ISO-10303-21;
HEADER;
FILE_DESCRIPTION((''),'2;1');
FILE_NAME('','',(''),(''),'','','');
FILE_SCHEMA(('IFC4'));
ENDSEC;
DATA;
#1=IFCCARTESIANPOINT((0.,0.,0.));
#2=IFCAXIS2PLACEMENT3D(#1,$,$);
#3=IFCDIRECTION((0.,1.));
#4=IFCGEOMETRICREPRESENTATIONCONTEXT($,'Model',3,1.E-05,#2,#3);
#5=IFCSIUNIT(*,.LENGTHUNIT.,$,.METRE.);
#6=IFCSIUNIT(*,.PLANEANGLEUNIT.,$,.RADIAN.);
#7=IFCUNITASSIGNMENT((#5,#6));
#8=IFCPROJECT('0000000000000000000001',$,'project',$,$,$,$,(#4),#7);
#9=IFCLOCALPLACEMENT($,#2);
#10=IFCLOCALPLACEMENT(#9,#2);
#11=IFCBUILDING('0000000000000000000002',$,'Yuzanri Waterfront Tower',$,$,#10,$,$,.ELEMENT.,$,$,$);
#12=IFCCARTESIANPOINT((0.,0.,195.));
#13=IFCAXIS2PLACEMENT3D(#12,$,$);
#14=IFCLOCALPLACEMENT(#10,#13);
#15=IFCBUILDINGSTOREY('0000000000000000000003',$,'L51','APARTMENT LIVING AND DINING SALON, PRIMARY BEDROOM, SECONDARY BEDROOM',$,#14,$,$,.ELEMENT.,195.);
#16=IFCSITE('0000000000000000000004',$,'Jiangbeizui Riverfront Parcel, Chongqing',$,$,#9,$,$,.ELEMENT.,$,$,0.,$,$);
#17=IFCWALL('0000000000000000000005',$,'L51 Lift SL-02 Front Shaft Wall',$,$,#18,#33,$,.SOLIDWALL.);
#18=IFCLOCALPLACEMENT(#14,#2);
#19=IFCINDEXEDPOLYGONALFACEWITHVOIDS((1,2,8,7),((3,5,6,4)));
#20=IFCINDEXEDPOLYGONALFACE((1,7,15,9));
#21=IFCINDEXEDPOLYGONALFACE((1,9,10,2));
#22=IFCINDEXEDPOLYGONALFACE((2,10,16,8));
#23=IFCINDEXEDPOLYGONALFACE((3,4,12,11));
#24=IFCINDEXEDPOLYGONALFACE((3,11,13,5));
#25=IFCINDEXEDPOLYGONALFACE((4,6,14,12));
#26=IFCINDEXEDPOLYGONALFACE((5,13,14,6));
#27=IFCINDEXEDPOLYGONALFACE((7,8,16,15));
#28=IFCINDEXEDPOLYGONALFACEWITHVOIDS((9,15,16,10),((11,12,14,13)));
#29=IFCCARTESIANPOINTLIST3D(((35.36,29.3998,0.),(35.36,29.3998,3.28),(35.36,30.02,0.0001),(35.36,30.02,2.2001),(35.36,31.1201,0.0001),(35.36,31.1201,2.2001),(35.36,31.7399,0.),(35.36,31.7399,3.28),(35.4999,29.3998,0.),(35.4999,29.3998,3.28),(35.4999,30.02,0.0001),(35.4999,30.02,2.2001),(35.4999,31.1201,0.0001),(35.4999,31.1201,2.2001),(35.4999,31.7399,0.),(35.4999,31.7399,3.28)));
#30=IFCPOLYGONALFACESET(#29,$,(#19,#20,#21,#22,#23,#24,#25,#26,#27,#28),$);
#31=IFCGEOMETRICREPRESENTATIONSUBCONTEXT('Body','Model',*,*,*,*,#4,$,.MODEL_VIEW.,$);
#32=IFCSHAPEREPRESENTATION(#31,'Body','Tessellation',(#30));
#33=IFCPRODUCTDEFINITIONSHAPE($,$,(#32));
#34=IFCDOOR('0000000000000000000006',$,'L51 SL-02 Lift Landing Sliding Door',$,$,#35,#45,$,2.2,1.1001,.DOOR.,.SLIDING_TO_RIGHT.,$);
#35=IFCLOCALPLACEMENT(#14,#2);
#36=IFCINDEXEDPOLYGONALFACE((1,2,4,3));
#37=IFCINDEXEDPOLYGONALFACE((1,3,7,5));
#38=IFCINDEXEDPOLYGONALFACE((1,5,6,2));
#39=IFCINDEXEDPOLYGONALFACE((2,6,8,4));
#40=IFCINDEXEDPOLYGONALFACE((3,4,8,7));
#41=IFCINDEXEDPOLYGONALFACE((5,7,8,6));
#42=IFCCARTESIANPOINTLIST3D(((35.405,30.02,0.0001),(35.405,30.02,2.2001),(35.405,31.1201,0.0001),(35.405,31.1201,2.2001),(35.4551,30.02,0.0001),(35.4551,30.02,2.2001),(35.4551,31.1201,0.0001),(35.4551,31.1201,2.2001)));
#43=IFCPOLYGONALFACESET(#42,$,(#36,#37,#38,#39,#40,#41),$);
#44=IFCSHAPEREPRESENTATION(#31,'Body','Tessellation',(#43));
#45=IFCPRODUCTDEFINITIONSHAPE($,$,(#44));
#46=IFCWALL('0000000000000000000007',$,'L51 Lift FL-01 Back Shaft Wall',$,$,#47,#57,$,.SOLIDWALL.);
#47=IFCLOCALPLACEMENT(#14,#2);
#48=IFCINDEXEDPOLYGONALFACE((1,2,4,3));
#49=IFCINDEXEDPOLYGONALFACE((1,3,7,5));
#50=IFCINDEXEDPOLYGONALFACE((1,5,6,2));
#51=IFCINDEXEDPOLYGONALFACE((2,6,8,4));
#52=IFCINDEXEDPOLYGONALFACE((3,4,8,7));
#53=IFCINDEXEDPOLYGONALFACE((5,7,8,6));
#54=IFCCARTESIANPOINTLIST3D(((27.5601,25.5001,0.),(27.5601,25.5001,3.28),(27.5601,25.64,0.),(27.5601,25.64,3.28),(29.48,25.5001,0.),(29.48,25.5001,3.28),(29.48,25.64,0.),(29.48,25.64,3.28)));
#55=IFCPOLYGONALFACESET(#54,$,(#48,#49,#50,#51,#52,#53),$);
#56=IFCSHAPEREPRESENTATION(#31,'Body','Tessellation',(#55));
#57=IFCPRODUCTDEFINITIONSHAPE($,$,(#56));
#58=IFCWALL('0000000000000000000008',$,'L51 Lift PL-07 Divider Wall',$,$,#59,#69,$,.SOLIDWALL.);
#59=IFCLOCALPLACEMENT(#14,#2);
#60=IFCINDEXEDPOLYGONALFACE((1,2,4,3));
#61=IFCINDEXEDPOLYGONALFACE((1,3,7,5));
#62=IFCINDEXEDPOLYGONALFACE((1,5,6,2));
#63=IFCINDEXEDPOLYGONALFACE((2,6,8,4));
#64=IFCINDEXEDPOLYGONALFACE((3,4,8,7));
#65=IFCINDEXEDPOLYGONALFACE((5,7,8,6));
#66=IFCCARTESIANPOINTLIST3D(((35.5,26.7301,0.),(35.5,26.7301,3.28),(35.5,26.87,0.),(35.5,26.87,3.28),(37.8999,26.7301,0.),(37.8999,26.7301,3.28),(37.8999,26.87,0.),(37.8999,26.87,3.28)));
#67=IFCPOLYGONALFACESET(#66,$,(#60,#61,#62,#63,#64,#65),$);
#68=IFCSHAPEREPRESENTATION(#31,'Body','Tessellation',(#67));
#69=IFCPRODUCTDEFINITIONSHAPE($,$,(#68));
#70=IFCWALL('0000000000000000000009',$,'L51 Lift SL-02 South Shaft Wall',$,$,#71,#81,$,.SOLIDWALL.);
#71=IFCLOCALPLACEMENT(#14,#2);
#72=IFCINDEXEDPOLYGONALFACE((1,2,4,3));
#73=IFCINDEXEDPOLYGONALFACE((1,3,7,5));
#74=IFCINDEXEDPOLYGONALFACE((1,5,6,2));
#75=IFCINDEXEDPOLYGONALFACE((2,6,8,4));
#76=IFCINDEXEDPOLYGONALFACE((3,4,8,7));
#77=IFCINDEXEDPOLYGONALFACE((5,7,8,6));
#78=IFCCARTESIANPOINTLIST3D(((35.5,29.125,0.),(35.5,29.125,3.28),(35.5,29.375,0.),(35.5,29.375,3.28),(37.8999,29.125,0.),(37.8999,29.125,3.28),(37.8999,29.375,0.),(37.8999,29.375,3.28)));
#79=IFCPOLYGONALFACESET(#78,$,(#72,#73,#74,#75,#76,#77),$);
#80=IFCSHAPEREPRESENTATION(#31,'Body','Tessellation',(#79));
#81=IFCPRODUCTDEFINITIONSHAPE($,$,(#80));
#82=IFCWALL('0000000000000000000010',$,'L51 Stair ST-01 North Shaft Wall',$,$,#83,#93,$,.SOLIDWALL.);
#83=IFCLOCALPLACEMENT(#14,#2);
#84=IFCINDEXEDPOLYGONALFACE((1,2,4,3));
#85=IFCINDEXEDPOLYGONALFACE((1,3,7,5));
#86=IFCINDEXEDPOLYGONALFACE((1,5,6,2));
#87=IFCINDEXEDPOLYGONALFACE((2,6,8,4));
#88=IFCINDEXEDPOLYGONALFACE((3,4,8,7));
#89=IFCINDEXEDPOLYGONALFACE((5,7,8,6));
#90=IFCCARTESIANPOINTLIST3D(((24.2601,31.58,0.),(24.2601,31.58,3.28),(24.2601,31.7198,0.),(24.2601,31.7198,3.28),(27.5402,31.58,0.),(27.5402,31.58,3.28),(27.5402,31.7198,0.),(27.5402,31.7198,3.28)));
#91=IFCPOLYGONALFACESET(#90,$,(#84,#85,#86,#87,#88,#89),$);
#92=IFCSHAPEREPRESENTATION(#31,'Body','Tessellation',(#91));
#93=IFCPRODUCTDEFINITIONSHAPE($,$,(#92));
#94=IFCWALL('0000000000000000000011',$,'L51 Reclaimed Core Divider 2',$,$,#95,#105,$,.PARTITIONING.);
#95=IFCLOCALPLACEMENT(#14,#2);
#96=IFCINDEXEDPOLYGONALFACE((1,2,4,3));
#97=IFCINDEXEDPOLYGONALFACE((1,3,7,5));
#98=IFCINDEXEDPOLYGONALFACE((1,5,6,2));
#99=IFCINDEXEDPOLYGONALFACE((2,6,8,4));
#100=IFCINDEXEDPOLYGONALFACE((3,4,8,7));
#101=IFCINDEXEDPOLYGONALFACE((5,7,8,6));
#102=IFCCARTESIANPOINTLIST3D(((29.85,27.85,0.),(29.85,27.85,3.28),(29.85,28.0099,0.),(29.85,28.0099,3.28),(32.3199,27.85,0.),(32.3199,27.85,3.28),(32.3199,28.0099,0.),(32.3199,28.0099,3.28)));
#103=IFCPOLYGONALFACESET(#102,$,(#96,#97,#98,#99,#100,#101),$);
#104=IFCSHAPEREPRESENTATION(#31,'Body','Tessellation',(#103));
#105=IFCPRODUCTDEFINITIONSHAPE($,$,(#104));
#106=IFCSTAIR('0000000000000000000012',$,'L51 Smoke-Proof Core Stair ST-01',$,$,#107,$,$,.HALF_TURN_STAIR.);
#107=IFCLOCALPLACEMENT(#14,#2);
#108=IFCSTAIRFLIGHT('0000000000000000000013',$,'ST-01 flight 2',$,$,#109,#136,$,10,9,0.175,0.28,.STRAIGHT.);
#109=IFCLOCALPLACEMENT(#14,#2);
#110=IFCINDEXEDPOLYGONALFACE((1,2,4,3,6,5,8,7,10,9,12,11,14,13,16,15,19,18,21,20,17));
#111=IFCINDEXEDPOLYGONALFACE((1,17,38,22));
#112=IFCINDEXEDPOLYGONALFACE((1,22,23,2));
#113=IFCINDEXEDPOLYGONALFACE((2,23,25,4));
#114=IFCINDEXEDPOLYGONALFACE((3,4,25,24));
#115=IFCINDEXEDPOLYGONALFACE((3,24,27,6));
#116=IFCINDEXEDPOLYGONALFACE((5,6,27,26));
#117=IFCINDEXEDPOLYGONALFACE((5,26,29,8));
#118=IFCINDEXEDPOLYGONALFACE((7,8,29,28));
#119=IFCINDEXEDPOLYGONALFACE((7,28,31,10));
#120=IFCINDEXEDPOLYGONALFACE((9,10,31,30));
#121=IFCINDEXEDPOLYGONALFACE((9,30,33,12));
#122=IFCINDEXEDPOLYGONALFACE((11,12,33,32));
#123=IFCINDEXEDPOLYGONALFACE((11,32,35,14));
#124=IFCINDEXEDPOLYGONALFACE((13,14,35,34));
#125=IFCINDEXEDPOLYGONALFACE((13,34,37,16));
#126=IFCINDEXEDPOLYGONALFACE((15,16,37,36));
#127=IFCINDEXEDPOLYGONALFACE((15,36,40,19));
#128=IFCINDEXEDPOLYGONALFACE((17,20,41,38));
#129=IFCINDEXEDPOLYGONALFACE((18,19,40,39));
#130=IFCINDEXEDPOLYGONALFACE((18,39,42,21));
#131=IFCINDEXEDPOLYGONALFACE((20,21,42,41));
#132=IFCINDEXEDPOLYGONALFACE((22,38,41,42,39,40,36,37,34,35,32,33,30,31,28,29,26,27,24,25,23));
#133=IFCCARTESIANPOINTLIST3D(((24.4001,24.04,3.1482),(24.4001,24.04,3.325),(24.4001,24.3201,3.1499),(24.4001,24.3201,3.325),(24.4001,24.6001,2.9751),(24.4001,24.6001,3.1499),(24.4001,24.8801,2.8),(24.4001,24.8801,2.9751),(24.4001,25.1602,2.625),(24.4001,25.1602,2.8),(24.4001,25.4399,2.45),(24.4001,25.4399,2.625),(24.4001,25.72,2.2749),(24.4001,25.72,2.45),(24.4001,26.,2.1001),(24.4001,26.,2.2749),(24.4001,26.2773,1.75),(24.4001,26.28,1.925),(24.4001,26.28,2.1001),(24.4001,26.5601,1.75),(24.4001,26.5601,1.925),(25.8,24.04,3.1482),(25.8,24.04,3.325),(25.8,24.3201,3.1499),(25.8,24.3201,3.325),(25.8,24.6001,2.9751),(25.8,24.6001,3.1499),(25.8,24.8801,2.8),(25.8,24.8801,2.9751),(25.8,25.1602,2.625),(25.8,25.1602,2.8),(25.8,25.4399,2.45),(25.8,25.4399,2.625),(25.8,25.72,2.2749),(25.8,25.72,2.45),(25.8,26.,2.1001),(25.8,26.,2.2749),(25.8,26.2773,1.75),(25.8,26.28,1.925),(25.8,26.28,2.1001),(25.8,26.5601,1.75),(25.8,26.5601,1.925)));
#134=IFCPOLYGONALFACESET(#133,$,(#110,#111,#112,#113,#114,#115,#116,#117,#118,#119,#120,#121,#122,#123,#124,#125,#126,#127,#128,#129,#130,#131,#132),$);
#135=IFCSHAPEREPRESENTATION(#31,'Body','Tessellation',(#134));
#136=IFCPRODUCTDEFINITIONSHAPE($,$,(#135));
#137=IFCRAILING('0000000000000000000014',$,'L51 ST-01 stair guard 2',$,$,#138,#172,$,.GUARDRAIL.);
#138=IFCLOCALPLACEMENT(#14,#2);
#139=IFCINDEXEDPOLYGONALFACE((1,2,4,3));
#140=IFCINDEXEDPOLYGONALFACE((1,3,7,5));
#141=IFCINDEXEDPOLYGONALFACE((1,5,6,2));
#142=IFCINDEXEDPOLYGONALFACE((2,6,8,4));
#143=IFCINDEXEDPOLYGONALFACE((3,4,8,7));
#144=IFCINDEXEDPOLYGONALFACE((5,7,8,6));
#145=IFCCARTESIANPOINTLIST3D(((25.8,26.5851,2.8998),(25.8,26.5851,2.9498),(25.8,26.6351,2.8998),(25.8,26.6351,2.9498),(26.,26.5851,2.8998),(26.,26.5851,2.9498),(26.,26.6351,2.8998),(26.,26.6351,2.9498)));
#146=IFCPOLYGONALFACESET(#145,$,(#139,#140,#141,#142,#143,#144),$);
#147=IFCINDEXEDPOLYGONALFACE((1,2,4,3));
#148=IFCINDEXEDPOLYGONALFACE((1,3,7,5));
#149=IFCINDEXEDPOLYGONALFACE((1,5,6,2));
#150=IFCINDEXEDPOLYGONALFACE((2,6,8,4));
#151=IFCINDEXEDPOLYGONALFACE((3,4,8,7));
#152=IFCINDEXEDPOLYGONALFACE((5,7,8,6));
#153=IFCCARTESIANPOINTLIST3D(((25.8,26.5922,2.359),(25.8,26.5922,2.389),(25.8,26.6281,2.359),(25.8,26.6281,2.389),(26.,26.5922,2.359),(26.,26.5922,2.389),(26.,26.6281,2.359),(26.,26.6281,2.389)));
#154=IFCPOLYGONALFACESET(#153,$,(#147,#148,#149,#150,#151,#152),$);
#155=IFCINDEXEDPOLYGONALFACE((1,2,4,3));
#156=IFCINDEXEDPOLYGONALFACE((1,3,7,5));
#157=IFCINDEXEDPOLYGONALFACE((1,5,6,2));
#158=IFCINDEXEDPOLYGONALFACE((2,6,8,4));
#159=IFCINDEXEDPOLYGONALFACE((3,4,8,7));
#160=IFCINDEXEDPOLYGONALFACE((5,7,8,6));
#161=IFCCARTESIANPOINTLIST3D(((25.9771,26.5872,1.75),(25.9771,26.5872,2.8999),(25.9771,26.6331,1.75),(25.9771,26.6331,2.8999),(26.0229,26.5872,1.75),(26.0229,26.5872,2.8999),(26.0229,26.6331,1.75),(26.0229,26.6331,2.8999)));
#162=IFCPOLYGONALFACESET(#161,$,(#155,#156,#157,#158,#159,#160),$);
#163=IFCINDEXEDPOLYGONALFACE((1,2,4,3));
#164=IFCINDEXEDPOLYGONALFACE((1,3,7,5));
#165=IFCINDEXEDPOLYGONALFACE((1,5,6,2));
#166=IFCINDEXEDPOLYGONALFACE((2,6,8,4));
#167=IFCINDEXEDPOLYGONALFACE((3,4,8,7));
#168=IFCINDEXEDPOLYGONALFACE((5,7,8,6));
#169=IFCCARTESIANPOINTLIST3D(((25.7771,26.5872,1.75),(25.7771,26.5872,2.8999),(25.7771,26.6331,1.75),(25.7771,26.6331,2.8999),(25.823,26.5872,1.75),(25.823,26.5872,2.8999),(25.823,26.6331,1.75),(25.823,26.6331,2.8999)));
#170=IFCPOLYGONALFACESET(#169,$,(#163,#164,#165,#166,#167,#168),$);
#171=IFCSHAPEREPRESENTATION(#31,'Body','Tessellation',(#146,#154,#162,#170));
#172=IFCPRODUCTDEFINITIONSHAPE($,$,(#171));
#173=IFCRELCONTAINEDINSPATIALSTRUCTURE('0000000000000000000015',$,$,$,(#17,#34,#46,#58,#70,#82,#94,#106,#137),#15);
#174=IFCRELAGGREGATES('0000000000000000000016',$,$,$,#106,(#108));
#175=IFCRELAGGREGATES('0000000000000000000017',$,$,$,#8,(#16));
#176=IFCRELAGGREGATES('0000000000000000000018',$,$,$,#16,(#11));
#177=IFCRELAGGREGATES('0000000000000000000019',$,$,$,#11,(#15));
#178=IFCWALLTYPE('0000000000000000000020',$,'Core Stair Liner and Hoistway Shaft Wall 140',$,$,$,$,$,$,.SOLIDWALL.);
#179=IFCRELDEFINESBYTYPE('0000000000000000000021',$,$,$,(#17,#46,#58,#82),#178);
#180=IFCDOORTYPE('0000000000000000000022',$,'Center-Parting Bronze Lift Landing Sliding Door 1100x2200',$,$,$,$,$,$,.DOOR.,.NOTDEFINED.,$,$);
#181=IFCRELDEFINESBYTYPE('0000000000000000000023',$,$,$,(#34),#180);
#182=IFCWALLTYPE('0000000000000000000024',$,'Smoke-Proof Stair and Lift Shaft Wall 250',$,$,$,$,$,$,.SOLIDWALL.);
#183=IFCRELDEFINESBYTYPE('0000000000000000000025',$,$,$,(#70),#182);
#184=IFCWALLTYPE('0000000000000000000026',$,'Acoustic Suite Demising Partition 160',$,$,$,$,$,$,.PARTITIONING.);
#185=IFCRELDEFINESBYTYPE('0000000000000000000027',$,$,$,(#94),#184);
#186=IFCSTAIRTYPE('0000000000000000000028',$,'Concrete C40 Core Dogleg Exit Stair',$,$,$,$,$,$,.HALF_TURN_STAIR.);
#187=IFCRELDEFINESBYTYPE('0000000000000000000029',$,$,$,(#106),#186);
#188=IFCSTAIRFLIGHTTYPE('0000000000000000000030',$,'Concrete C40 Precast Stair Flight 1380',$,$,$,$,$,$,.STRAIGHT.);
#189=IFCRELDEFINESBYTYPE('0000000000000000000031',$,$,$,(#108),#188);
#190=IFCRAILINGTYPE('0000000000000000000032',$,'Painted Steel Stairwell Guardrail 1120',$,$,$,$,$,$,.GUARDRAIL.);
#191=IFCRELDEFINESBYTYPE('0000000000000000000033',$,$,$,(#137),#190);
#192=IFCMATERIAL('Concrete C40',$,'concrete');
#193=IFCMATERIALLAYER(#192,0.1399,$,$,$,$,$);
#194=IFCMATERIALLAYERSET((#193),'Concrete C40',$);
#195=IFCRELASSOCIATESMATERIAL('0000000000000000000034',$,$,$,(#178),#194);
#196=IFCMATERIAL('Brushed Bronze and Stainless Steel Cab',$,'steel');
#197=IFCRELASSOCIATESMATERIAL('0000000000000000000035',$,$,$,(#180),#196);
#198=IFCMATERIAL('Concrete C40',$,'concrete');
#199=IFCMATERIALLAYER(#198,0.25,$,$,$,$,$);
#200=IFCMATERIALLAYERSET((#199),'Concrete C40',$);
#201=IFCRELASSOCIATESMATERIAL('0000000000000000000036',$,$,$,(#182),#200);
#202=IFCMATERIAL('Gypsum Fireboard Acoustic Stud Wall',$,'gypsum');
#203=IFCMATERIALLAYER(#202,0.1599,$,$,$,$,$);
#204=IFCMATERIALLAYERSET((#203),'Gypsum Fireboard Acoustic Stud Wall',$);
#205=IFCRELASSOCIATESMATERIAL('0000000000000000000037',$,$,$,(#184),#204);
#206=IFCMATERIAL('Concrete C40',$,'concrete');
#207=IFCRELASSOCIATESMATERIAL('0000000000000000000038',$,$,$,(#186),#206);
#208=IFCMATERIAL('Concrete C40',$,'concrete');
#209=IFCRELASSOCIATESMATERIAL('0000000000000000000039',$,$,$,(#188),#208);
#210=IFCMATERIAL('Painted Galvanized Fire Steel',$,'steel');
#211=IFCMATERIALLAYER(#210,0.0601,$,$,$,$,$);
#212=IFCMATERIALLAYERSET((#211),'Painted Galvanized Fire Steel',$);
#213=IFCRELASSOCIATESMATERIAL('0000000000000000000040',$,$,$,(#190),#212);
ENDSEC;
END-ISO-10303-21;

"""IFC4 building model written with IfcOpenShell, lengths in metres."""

from ifc_helpers import new_model, si_unit, direction, frame, frame_2d, origin, origin_2d, place, context, subcontext, project, spatial, polyline, rectangle, outline, extrude, source, transform, mapped, material, layer, layer_set, type_object, element, fill, aggregate, save


model = new_model("IFC4")

# Units and contexts
model_context = context("Model", 3, precision=1e-05, world=origin(), true_north=direction((0.0, 1.0)))
body_context = subcontext(model_context, "Body", "Model", "MODEL_VIEW")
ifc_project = project(units=[si_unit("LENGTHUNIT", "METRE"), si_unit("PLANEANGLEUNIT", "RADIAN")], contexts=[model_context])

# Site, building, storey
site_placement = place(None, origin())
site = spatial("IfcSite", under=ifc_project, at=site_placement, Name="Jiangbeizui Riverfront Parcel, Chongqing", CompositionType="ELEMENT", RefElevation=0.0)
building_placement = place(site_placement, origin())
building = spatial("IfcBuilding", under=site, at=building_placement, Name="Yuzanri Waterfront Tower", CompositionType="ELEMENT")
storey_placement = place(building_placement, frame((0.0, 0.0, 195.0)))
storey = spatial("IfcBuildingStorey", under=building, at=storey_placement, Name="L51", Description="APARTMENT LIVING AND DINING SALON, PRIMARY BEDROOM, SECONDARY BEDROOM", CompositionType="ELEMENT", Elevation=195.0)

# Wall, opening, door
ifc_material_1 = material(Name="Concrete C40", Category="concrete")
ifc_layer_1 = layer(ifc_material_1, 0.1399)
ifc_layer_set_1 = layer_set([ifc_layer_1], Name="Concrete C40")
wall_type_1 = type_object("IfcWallType", Name="Core Stair Liner and Hoistway Shaft Wall 140", PredefinedType="SOLIDWALL", material=ifc_layer_set_1)
ifc_material_2 = material(Name="Brushed Bronze and Stainless Steel Cab", Category="steel")
door_type_1 = type_object("IfcDoorType", Name="Center-Parting Bronze Lift Landing Sliding Door 1100x2200", OperationType="NOTDEFINED", PredefinedType="DOOR", material=ifc_material_2)
shared_shape_1 = source(origin(), body_context, "Body", "SweptSolid", [
    extrude(rectangle(XDim=1.1001, YDim=2.2, at=frame_2d((0.55, 1.1001))), frame((0.0, 0.0249, 0.0), z_axis=(0.0, -1.0, 0.0), x_axis=(1.0, 0.0, 0.0)), (0.0, 0.0, 1.0), 0.05),
])
wall_1_placement = place(storey_placement, frame((35.4299, 29.3999, 0.0), z_axis=(0.0, 0.0, 1.0), x_axis=(0.0, 1.0, 0.0)))
wall_1 = element("IfcWall", 1, at=wall_1_placement, inside=storey, type_object=wall_type_1, Name="L51 Lift SL-02 Front Shaft Wall", PredefinedType="SOLIDWALL", context=body_context, shape_type="SweptSolid", body=[
    extrude(rectangle(XDim=2.3401, YDim=0.1399, at=frame_2d((1.1699, 0.0))), origin(), (0.0, 0.0, 1.0), 3.28),
])
opening_1_placement = place(wall_1_placement, frame((0.6201, 0.0, 0.0)))
opening_1 = element("IfcOpeningElement", 2, at=opening_1_placement, cuts=wall_1, PredefinedType="OPENING", context=body_context, shape_type="SweptSolid", body=[
    extrude(rectangle(XDim=1.1001, YDim=2.2, at=frame_2d((0.55, 1.1001))), frame((0.0, 0.085, 0.0), z_axis=(0.0, -1.0, 0.0), x_axis=(1.0, 0.0, 0.0)), (0.0, 0.0, 1.0), 0.1697),
])
door_1_placement = place(opening_1_placement, origin())
door_1 = element("IfcDoor", 3, at=door_1_placement, inside=storey, type_object=door_type_1, Name="L51 SL-02 Lift Landing Sliding Door", OperationType="SLIDING_TO_RIGHT", OverallHeight=2.2, OverallWidth=1.1001, PredefinedType="DOOR", context=body_context, shape_type="MappedRepresentation", body=[
    mapped(shared_shape_1, transform((0.0, 0.0, 0.0), scale=1.0)),
])
fill(opening_1, door_1)

# Walls
shared_shape_2 = source(origin(), body_context, "Body", "SweptSolid", [
    extrude(rectangle(XDim=1.9199, YDim=0.1399, at=frame_2d((0.96, 0.0))), origin(), (0.0, 0.0, 1.0), 3.28),
])
wall_2_placement = place(storey_placement, frame((27.5601, 25.5701, 0.0), z_axis=(0.0, 0.0, 1.0), x_axis=(1.0, 0.0, 0.0)))
element("IfcWall", 4, at=wall_2_placement, inside=storey, type_object=wall_type_1, Name="L51 Lift FL-01 Back Shaft Wall", PredefinedType="SOLIDWALL", context=body_context, shape_type="MappedRepresentation", body=[
    mapped(shared_shape_2, transform((0.0, 0.0, 0.0), scale=1.0)),
])
shared_shape_3 = source(origin(), body_context, "Body", "SweptSolid", [
    extrude(rectangle(XDim=2.3999, YDim=0.1399, at=frame_2d((1.2, 0.0))), origin(), (0.0, 0.0, 1.0), 3.28),
])
wall_3_placement = place(storey_placement, frame((35.5, 26.8, 0.0), z_axis=(0.0, 0.0, 1.0), x_axis=(1.0, 0.0, 0.0)))
element("IfcWall", 5, at=wall_3_placement, inside=storey, type_object=wall_type_1, Name="L51 Lift PL-07 Divider Wall", PredefinedType="SOLIDWALL", context=body_context, shape_type="MappedRepresentation", body=[
    mapped(shared_shape_3, transform((0.0, 0.0, 0.0), scale=1.0)),
])
ifc_material_3 = material(Name="Concrete C40", Category="concrete")
ifc_layer_2 = layer(ifc_material_3, 0.25)
ifc_layer_set_2 = layer_set([ifc_layer_2], Name="Concrete C40")
wall_type_2 = type_object("IfcWallType", Name="Smoke-Proof Stair and Lift Shaft Wall 250", PredefinedType="SOLIDWALL", material=ifc_layer_set_2)
shared_shape_4 = source(origin(), body_context, "Body", "SweptSolid", [
    extrude(rectangle(XDim=2.3999, YDim=0.25, at=frame_2d((1.2, 0.0))), origin(), (0.0, 0.0, 1.0), 3.28),
])
wall_4_placement = place(storey_placement, frame((35.5, 29.25, 0.0), z_axis=(0.0, 0.0, 1.0), x_axis=(1.0, 0.0, 0.0)))
element("IfcWall", 6, at=wall_4_placement, inside=storey, type_object=wall_type_2, Name="L51 Lift SL-02 South Shaft Wall", PredefinedType="SOLIDWALL", context=body_context, shape_type="MappedRepresentation", body=[
    mapped(shared_shape_4, transform((0.0, 0.0, 0.0), scale=1.0)),
])
shared_shape_5 = source(origin(), body_context, "Body", "SweptSolid", [
    extrude(rectangle(XDim=3.28, YDim=0.1399, at=frame_2d((1.6401, 0.0))), origin(), (0.0, 0.0, 1.0), 3.28),
])
wall_5_placement = place(storey_placement, frame((24.26, 31.6499, 0.0), z_axis=(0.0, 0.0, 1.0), x_axis=(1.0, 0.0, 0.0)))
element("IfcWall", 7, at=wall_5_placement, inside=storey, type_object=wall_type_1, Name="L51 Stair ST-01 North Shaft Wall", PredefinedType="SOLIDWALL", context=body_context, shape_type="MappedRepresentation", body=[
    mapped(shared_shape_5, transform((0.0, 0.0, 0.0), scale=1.0)),
])
ifc_material_4 = material(Name="Gypsum Fireboard Acoustic Stud Wall", Category="gypsum")
ifc_layer_3 = layer(ifc_material_4, 0.1599)
ifc_layer_set_3 = layer_set([ifc_layer_3], Name="Gypsum Fireboard Acoustic Stud Wall")
wall_type_3 = type_object("IfcWallType", Name="Acoustic Suite Demising Partition 160", PredefinedType="PARTITIONING", material=ifc_layer_set_3)
shared_shape_6 = source(origin(), body_context, "Body", "SweptSolid", [
    extrude(rectangle(XDim=2.47, YDim=0.1599, at=frame_2d((1.2349, 0.0))), origin(), (0.0, 0.0, 1.0), 3.28),
])
wall_6_placement = place(storey_placement, frame((29.8501, 27.9299, 0.0), z_axis=(0.0, 0.0, 1.0), x_axis=(1.0, 0.0, 0.0)))
element("IfcWall", 8, at=wall_6_placement, inside=storey, type_object=wall_type_3, Name="L51 Reclaimed Core Divider 2", PredefinedType="PARTITIONING", context=body_context, shape_type="MappedRepresentation", body=[
    mapped(shared_shape_6, transform((0.0, 0.0, 0.0), scale=1.0)),
])

# Stair, stair flight
ifc_material_5 = material(Name="Concrete C40", Category="concrete")
stair_type = type_object("IfcStairType", Name="Concrete C40 Core Dogleg Exit Stair", PredefinedType="HALF_TURN_STAIR", material=ifc_material_5)
stair_placement = place(storey_placement, origin())
stair = element("IfcStair", 9, at=stair_placement, inside=storey, type_object=stair_type, Name="L51 Smoke-Proof Core Stair ST-01", PredefinedType="HALF_TURN_STAIR")
ifc_material_6 = material(Name="Concrete C40", Category="concrete")
stair_flight_type = type_object("IfcStairFlightType", Name="Concrete C40 Precast Stair Flight 1380", PredefinedType="STRAIGHT", material=ifc_material_6)
shared_shape_7 = source(origin(), body_context, "Body", "SweptSolid", [
    extrude(outline(polyline([(0.0, 0.0), (0.0, 0.175), (0.28, 0.175), (0.28, 0.3501), (0.5601, 0.3501), (0.5601, 0.5249), (0.8401, 0.5249), (0.8401, 0.7), (1.1201, 0.7), (1.1201, 0.875), (1.3999, 0.875), (1.3999, 1.05), (1.6799, 1.05), (1.6799, 1.2251), (1.96, 1.2251), (1.96, 1.3999), (2.24, 1.3999), (2.24, 1.575), (2.52, 1.575), (2.52, 1.75), (2.52, 1.3982), (0.2827, 0.0), (0.0, 0.0)])), frame((0.0, 0.7, 0.0), z_axis=(0.0, -1.0, 0.0), x_axis=(1.0, 0.0, 0.0)), (0.0, 0.0, 1.0), 1.3999),
])
stair_flight_placement = place(storey_placement, frame((25.1001, 26.5601, 1.75), z_axis=(0.0, 0.0, 1.0), x_axis=(0.0, -1.0, 0.0)))
stair_flight = element("IfcStairFlight", 10, at=stair_flight_placement, type_object=stair_flight_type, Name="ST-01 flight 2", NumberOfRisers=10, NumberOfTreads=9, PredefinedType="STRAIGHT", RiserHeight=0.175, TreadLength=0.28, context=body_context, shape_type="MappedRepresentation", body=[
    mapped(shared_shape_7, transform((0.0, 0.0, 0.0), scale=1.0)),
])
aggregate(stair, [stair_flight])

# Railing
ifc_material_7 = material(Name="Painted Galvanized Fire Steel", Category="steel")
ifc_layer_4 = layer(ifc_material_7, 0.0601)
ifc_layer_set_4 = layer_set([ifc_layer_4], Name="Painted Galvanized Fire Steel")
railing_type_1 = type_object("IfcRailingType", Name="Painted Steel Stairwell Guardrail 1120", PredefinedType="GUARDRAIL", material=ifc_layer_set_4)
shared_shape_8 = source(origin(), body_context, "Body", "SweptSolid", [
    extrude(rectangle(XDim=0.05, YDim=0.05, at=origin_2d()), frame((0.0, 0.0, 1.1748), z_axis=(-1.0, 0.0, 0.0), x_axis=(0.0, -1.0, 0.0)), (0.0, 0.0, 1.0), 0.2),
    extrude(rectangle(XDim=0.0359, YDim=0.03, at=origin_2d()), frame((0.0, 0.0, 0.624), z_axis=(-1.0, 0.0, 0.0), x_axis=(0.0, -1.0, 0.0)), (0.0, 0.0, 1.0), 0.2),
    extrude(rectangle(XDim=0.0459, YDim=0.0459, at=origin_2d()), origin(), (0.0, 0.0, 1.0), 1.1499),
    extrude(rectangle(XDim=0.0459, YDim=0.0459, at=origin_2d()), frame((-0.2, 0.0, 0.0)), (0.0, 0.0, 1.0), 1.1499),
])
railing_1_placement = place(storey_placement, frame((26.0, 26.6101, 1.75)))
element("IfcRailing", 11, at=railing_1_placement, inside=storey, type_object=railing_type_1, Name="L51 ST-01 stair guard 2", PredefinedType="GUARDRAIL", context=body_context, shape_type="MappedRepresentation", body=[
    mapped(shared_shape_8, transform((0.0, 0.0, 0.0), scale=1.0)),
])

save(model, "model.ifc")
